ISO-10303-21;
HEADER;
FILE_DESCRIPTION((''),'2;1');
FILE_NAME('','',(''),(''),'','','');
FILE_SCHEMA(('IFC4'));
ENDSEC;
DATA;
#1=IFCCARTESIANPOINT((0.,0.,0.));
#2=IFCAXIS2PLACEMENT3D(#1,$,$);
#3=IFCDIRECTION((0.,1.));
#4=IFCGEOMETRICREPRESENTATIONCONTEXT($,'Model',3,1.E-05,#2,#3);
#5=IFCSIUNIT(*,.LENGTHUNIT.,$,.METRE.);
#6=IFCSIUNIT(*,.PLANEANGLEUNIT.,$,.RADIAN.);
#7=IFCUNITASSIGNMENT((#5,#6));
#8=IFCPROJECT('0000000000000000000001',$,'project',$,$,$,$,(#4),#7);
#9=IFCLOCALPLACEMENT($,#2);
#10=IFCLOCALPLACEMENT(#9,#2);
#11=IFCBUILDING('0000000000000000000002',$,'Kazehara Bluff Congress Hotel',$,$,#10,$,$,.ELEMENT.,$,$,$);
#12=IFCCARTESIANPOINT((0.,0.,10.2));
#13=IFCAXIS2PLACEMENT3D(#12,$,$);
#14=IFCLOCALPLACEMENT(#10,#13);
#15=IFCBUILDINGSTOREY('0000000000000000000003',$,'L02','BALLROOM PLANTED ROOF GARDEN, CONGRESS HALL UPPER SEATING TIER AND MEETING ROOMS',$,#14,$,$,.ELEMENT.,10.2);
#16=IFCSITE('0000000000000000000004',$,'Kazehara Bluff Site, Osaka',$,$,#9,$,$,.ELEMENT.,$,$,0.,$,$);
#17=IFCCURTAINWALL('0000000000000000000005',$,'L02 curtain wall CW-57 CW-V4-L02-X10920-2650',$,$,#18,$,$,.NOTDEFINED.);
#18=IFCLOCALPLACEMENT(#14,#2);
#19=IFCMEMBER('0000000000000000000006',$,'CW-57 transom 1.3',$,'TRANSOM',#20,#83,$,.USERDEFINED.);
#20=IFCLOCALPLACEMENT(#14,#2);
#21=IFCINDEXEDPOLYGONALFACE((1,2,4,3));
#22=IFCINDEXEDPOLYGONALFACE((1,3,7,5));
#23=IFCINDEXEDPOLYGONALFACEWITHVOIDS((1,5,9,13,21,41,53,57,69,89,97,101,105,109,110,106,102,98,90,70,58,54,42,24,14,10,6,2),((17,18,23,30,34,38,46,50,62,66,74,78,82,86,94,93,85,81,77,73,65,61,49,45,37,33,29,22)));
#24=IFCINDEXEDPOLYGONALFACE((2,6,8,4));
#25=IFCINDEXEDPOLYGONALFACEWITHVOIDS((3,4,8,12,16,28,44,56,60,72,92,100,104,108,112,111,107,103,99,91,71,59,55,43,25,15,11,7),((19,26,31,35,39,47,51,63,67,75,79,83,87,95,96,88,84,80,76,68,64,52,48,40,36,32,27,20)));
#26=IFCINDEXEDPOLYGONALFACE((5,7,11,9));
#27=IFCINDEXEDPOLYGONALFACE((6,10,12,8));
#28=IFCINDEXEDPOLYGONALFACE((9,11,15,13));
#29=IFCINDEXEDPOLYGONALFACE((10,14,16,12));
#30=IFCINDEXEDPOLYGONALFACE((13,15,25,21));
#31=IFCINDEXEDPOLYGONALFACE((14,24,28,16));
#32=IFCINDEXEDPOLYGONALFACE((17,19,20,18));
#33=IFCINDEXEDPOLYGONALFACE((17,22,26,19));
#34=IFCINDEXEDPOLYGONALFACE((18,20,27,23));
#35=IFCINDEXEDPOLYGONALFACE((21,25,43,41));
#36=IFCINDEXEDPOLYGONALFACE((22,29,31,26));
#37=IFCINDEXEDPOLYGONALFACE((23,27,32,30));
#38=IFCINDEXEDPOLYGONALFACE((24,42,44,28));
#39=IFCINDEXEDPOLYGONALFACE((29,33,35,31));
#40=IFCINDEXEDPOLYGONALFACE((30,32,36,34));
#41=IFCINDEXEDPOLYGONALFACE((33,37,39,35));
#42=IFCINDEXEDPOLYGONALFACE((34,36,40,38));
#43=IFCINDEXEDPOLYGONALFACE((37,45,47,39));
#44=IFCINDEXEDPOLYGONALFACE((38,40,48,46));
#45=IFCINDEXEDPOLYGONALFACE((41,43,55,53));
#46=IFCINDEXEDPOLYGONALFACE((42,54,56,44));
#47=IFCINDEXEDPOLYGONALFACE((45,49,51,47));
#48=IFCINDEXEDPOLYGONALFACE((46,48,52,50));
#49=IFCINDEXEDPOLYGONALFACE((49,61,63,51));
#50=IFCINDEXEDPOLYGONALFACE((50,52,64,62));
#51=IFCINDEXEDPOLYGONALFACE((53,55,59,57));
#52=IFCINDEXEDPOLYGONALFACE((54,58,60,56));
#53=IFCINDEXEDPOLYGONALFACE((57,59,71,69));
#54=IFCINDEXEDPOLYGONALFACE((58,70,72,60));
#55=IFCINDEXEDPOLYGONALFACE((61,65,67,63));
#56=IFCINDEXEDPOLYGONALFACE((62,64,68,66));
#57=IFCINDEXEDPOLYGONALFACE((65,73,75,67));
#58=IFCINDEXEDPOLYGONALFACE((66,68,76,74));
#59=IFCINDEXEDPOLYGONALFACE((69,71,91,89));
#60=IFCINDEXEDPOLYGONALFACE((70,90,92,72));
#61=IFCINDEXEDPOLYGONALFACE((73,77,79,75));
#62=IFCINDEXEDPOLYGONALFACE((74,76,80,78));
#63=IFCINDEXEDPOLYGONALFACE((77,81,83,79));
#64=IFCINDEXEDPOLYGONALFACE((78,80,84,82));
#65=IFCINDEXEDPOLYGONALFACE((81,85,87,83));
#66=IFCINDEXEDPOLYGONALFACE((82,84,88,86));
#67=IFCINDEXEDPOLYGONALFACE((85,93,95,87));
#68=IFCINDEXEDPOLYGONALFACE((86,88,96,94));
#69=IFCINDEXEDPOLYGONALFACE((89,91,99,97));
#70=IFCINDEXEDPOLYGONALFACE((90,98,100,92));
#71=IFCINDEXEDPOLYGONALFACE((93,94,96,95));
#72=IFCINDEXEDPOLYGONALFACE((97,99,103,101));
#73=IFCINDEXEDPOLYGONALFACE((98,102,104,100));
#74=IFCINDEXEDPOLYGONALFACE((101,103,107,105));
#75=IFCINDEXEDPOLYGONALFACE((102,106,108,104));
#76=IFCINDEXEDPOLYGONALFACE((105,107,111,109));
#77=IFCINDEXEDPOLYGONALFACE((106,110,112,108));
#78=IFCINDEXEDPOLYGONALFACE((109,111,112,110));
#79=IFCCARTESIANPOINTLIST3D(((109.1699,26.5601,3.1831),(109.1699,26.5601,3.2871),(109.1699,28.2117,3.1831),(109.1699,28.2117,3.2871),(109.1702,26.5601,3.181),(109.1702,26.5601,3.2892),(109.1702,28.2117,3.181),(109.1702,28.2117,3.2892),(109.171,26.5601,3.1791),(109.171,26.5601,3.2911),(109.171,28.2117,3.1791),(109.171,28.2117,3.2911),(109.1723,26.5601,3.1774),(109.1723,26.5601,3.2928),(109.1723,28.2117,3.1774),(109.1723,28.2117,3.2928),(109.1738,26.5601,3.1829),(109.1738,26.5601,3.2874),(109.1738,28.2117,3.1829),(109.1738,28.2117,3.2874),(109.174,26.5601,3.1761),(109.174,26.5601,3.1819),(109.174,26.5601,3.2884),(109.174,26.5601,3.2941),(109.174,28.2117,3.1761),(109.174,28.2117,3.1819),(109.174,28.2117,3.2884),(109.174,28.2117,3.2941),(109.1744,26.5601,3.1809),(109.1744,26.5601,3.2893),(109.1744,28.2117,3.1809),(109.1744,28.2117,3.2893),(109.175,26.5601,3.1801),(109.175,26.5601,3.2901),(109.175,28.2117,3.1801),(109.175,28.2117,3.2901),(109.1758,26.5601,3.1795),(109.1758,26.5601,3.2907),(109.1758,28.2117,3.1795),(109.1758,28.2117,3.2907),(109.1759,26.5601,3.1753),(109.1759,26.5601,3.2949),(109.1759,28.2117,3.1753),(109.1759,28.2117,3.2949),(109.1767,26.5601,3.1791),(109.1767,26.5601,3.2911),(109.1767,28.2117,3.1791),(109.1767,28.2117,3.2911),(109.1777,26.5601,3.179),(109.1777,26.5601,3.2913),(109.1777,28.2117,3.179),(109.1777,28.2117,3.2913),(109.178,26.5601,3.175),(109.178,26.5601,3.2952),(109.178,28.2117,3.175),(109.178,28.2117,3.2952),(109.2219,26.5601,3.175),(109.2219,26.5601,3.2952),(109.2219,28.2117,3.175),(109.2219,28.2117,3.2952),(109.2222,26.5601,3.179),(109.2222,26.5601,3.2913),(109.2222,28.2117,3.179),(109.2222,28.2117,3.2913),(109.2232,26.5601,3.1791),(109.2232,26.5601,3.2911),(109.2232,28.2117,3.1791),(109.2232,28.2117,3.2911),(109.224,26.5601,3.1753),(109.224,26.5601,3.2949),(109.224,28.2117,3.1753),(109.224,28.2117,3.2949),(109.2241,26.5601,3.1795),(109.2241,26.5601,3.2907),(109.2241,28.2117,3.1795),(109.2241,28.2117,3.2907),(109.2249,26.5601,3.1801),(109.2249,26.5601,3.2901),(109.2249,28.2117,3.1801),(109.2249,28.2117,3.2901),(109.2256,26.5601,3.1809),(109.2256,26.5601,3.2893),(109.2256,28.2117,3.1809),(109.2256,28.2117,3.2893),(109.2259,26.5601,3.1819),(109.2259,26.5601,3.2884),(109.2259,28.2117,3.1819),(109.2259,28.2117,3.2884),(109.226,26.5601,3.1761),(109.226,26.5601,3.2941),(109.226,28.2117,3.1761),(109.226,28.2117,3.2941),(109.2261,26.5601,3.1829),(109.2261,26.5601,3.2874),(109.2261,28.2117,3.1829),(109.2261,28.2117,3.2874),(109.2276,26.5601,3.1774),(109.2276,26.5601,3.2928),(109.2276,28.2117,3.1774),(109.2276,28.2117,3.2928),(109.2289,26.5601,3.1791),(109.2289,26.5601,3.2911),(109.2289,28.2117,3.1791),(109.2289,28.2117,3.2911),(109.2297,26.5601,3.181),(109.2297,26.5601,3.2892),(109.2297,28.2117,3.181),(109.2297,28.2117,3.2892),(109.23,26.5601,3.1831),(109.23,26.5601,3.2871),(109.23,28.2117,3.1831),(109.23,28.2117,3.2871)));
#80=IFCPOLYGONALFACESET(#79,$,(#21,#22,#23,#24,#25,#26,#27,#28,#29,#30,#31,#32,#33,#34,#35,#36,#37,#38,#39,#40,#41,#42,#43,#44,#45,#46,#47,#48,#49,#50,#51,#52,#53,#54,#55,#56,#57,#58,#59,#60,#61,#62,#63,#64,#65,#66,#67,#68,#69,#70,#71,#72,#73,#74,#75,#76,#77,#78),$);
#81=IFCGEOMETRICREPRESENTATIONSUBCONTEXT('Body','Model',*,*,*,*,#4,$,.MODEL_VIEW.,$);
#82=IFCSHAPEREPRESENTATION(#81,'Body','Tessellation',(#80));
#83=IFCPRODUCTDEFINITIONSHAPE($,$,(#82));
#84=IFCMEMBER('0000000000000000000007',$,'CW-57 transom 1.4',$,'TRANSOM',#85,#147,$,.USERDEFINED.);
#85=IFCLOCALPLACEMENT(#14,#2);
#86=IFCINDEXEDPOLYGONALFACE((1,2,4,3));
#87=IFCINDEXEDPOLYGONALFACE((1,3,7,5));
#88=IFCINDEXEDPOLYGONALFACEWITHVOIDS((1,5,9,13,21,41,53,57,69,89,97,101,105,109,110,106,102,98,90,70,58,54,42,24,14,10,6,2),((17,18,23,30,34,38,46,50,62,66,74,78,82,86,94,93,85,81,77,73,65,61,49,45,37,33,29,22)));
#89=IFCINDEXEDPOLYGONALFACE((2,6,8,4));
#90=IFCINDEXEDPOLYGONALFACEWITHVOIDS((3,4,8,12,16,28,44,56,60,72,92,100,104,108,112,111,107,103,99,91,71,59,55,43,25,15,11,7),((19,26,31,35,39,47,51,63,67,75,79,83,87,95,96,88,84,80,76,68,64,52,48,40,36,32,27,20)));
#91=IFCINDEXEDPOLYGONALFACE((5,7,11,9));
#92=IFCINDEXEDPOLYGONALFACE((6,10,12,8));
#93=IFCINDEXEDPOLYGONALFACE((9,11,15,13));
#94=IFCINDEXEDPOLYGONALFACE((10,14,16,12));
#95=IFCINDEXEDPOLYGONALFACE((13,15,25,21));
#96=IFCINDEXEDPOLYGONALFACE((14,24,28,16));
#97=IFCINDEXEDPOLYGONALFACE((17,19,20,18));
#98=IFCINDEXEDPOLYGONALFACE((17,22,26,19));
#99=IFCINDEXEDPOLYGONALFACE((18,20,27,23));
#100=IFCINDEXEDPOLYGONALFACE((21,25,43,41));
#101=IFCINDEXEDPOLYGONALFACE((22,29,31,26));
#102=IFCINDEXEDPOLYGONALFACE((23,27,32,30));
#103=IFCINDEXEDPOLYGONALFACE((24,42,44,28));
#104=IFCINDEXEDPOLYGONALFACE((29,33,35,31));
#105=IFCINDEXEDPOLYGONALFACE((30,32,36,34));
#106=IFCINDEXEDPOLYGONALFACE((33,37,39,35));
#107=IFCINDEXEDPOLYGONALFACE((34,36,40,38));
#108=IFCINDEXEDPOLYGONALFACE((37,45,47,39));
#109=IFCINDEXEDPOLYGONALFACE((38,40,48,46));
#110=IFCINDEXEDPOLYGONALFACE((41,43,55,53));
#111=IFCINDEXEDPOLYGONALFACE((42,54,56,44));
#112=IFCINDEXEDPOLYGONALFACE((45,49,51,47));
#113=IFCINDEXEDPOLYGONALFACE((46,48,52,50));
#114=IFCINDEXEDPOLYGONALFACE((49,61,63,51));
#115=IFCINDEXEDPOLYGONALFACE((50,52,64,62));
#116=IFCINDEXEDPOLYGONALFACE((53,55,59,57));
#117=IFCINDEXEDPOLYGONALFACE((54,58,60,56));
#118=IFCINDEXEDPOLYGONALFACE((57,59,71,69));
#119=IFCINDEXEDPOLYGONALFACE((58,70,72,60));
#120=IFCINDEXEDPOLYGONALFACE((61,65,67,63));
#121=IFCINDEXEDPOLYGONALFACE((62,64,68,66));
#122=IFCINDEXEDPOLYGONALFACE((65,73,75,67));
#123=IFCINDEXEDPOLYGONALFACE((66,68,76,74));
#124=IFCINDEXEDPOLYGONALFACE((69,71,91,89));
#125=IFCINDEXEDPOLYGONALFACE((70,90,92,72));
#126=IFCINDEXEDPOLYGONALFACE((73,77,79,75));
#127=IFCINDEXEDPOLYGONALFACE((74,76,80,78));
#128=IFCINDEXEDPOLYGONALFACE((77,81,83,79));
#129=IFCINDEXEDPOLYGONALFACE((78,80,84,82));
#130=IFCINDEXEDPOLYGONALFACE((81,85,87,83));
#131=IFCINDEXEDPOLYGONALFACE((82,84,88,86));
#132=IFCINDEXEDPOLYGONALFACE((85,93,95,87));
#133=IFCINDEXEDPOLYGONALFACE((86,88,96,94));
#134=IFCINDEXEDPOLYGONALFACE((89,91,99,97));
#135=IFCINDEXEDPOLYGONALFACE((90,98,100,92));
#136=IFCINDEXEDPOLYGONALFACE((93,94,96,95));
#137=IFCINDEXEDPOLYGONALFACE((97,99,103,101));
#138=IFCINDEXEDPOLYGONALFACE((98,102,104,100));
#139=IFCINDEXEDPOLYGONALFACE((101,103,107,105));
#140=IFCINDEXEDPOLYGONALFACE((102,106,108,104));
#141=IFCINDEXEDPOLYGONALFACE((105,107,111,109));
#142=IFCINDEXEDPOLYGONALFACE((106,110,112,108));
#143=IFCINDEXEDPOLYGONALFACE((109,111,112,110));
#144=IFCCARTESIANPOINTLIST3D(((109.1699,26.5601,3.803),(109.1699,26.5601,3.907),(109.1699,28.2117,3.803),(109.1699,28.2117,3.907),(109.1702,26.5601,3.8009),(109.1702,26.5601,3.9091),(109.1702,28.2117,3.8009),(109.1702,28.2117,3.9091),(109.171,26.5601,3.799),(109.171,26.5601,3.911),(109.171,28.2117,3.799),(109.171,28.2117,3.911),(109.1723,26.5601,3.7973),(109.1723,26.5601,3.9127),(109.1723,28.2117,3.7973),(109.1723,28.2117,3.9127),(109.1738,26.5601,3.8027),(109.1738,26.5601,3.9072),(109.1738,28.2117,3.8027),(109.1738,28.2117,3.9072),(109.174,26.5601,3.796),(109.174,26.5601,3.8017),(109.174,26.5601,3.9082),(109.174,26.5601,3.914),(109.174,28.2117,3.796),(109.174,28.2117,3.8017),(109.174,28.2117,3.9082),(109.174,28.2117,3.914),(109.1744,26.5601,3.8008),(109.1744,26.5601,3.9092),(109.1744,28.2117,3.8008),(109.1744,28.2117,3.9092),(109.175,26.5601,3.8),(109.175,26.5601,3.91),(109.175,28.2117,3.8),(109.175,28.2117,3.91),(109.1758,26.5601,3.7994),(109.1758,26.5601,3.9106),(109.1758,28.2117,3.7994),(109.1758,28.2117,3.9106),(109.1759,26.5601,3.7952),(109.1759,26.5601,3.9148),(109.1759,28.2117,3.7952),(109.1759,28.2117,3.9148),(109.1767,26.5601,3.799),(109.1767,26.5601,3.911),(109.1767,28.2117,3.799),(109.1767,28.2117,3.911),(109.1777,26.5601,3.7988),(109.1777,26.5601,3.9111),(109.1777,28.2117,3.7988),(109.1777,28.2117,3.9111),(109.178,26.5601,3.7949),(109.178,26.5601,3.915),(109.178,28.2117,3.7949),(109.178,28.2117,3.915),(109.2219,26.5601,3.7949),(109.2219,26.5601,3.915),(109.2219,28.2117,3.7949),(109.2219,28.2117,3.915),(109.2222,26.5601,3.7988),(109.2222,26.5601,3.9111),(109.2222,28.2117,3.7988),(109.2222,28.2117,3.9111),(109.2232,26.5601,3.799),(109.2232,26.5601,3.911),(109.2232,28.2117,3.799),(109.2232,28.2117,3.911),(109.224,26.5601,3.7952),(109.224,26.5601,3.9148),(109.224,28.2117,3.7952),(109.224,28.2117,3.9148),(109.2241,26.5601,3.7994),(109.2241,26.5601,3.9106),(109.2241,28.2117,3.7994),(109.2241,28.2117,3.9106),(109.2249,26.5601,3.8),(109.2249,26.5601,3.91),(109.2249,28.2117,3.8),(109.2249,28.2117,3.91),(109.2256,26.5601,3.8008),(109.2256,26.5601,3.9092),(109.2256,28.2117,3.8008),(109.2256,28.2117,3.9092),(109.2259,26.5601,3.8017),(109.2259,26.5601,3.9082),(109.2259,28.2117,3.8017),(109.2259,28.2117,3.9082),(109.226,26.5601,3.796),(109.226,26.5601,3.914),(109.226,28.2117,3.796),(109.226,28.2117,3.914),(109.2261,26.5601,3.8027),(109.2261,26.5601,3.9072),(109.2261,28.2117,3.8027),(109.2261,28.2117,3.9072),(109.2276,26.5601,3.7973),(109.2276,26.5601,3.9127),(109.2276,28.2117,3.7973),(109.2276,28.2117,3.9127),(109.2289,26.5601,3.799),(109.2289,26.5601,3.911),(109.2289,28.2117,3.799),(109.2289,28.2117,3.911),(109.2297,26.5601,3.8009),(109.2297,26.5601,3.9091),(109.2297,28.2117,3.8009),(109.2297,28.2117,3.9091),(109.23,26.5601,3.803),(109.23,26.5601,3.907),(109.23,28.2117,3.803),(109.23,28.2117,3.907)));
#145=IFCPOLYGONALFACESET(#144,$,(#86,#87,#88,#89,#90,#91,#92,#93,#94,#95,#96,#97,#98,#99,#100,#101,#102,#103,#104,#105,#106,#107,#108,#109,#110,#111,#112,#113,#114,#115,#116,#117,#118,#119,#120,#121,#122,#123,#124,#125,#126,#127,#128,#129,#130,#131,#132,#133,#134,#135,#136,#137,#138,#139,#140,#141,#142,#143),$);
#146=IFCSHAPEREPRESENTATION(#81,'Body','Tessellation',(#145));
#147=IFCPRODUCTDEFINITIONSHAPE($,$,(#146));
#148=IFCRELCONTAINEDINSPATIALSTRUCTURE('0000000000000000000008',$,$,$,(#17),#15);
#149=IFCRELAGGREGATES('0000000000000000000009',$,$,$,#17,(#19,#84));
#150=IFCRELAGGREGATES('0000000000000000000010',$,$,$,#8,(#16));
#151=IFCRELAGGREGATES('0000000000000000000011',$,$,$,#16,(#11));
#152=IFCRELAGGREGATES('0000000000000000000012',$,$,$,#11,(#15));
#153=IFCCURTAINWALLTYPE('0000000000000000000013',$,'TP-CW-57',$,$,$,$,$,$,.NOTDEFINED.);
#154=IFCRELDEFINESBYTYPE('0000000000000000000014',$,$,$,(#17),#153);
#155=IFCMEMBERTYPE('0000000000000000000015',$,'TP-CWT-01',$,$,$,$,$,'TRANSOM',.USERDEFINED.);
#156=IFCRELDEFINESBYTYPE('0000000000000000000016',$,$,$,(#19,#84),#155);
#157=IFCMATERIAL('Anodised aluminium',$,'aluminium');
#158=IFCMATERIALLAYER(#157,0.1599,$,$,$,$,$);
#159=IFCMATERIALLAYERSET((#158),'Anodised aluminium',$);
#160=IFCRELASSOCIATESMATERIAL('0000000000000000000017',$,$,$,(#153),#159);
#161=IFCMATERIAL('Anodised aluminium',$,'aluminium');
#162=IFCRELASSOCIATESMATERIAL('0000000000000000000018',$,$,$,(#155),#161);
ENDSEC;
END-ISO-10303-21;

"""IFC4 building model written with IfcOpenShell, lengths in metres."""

from ifc_helpers import new_model, si_unit, direction, frame, origin, origin_2d, place, context, subcontext, project, spatial, hollow_rectangle, extrude, material, layer, layer_set, material_profile, profile_set, type_object, element, aggregate, save


model = new_model("IFC4")

# Units and contexts
model_context = context("Model", 3, precision=1e-05, world=origin(), true_north=direction((0.0, 1.0)))
body_context = subcontext(model_context, "Body", "Model", "MODEL_VIEW")
ifc_project = project(units=[si_unit("LENGTHUNIT", "METRE"), si_unit("PLANEANGLEUNIT", "RADIAN")], contexts=[model_context])

# Site, building, storey
site_placement = place(None, origin())
site = spatial("IfcSite", under=ifc_project, at=site_placement, Name="Kazehara Bluff Site, Osaka", CompositionType="ELEMENT", RefElevation=0.0)
building_placement = place(site_placement, origin())
building = spatial("IfcBuilding", under=site, at=building_placement, Name="Kazehara Bluff Congress Hotel", CompositionType="ELEMENT")
storey_placement = place(building_placement, frame((0.0, 0.0, 10.2)))
storey = spatial("IfcBuildingStorey", under=building, at=storey_placement, Name="L02", Description="BALLROOM PLANTED ROOF GARDEN, CONGRESS HALL UPPER SEATING TIER AND MEETING ROOMS", CompositionType="ELEMENT", Elevation=10.2)

# Curtain wall
ifc_material_1 = material(Name="Anodised aluminium", Category="aluminium")
ifc_layer_1 = layer(ifc_material_1, 0.1599)
ifc_layer_set_1 = layer_set([ifc_layer_1], Name="Anodised aluminium")
curtain_wall_type_1 = type_object("IfcCurtainWallType", Name="TP-CW-57", PredefinedType="NOTDEFINED", material=ifc_layer_set_1)
curtain_wall_1_placement = place(storey_placement, origin())
curtain_wall_1 = element("IfcCurtainWall", 1, at=curtain_wall_1_placement, inside=storey, type_object=curtain_wall_type_1, Name="L02 curtain wall CW-57 CW-V4-L02-X10920-2650", PredefinedType="NOTDEFINED")

# Members
ifc_material_2 = material(Name="Anodised aluminium", Category="aluminium")
ifc_material_profile_1 = material_profile(ifc_material_2, hollow_rectangle(XDim=0.0601, YDim=0.1201, WallThickness=0.0039, InnerFilletRadius=0.0039, OuterFilletRadius=0.0081, at=origin_2d()))
ifc_profile_set_1 = profile_set([ifc_material_profile_1], Name="Anodised aluminium")
member_type_1 = type_object("IfcMemberType", Name="TP-CWT-01", ElementType="TRANSOM", PredefinedType="USERDEFINED", material=ifc_profile_set_1)
member_1_placement = place(storey_placement, frame((109.2, 26.5601, 3.2351), z_axis=(0.0, 1.0, 0.0), x_axis=(-1.0, 0.0, 0.0)))
member_1 = element("IfcMember", 2, at=member_1_placement, type_object=member_type_1, Name="CW-57 transom 1.3", ObjectType="TRANSOM", PredefinedType="USERDEFINED", context=body_context, shape_type="SweptSolid", body=[
    extrude(hollow_rectangle(XDim=0.0601, YDim=0.1201, WallThickness=0.0039, InnerFilletRadius=0.0039, OuterFilletRadius=0.0081, at=origin_2d()), origin(), (0.0, 0.0, 1.0), 1.6516),
])
member_2_placement = place(storey_placement, frame((109.2, 26.5601, 3.855), z_axis=(0.0, 1.0, 0.0), x_axis=(-1.0, 0.0, 0.0)))
member_2 = element("IfcMember", 3, at=member_2_placement, type_object=member_type_1, Name="CW-57 transom 1.4", ObjectType="TRANSOM", PredefinedType="USERDEFINED", context=body_context, shape_type="SweptSolid", body=[
    extrude(hollow_rectangle(XDim=0.0601, YDim=0.1201, WallThickness=0.0039, InnerFilletRadius=0.0039, OuterFilletRadius=0.0081, at=origin_2d()), origin(), (0.0, 0.0, 1.0), 1.6516),
])

aggregate(curtain_wall_1, [member_1, member_2])

save(model, "model.ifc")
